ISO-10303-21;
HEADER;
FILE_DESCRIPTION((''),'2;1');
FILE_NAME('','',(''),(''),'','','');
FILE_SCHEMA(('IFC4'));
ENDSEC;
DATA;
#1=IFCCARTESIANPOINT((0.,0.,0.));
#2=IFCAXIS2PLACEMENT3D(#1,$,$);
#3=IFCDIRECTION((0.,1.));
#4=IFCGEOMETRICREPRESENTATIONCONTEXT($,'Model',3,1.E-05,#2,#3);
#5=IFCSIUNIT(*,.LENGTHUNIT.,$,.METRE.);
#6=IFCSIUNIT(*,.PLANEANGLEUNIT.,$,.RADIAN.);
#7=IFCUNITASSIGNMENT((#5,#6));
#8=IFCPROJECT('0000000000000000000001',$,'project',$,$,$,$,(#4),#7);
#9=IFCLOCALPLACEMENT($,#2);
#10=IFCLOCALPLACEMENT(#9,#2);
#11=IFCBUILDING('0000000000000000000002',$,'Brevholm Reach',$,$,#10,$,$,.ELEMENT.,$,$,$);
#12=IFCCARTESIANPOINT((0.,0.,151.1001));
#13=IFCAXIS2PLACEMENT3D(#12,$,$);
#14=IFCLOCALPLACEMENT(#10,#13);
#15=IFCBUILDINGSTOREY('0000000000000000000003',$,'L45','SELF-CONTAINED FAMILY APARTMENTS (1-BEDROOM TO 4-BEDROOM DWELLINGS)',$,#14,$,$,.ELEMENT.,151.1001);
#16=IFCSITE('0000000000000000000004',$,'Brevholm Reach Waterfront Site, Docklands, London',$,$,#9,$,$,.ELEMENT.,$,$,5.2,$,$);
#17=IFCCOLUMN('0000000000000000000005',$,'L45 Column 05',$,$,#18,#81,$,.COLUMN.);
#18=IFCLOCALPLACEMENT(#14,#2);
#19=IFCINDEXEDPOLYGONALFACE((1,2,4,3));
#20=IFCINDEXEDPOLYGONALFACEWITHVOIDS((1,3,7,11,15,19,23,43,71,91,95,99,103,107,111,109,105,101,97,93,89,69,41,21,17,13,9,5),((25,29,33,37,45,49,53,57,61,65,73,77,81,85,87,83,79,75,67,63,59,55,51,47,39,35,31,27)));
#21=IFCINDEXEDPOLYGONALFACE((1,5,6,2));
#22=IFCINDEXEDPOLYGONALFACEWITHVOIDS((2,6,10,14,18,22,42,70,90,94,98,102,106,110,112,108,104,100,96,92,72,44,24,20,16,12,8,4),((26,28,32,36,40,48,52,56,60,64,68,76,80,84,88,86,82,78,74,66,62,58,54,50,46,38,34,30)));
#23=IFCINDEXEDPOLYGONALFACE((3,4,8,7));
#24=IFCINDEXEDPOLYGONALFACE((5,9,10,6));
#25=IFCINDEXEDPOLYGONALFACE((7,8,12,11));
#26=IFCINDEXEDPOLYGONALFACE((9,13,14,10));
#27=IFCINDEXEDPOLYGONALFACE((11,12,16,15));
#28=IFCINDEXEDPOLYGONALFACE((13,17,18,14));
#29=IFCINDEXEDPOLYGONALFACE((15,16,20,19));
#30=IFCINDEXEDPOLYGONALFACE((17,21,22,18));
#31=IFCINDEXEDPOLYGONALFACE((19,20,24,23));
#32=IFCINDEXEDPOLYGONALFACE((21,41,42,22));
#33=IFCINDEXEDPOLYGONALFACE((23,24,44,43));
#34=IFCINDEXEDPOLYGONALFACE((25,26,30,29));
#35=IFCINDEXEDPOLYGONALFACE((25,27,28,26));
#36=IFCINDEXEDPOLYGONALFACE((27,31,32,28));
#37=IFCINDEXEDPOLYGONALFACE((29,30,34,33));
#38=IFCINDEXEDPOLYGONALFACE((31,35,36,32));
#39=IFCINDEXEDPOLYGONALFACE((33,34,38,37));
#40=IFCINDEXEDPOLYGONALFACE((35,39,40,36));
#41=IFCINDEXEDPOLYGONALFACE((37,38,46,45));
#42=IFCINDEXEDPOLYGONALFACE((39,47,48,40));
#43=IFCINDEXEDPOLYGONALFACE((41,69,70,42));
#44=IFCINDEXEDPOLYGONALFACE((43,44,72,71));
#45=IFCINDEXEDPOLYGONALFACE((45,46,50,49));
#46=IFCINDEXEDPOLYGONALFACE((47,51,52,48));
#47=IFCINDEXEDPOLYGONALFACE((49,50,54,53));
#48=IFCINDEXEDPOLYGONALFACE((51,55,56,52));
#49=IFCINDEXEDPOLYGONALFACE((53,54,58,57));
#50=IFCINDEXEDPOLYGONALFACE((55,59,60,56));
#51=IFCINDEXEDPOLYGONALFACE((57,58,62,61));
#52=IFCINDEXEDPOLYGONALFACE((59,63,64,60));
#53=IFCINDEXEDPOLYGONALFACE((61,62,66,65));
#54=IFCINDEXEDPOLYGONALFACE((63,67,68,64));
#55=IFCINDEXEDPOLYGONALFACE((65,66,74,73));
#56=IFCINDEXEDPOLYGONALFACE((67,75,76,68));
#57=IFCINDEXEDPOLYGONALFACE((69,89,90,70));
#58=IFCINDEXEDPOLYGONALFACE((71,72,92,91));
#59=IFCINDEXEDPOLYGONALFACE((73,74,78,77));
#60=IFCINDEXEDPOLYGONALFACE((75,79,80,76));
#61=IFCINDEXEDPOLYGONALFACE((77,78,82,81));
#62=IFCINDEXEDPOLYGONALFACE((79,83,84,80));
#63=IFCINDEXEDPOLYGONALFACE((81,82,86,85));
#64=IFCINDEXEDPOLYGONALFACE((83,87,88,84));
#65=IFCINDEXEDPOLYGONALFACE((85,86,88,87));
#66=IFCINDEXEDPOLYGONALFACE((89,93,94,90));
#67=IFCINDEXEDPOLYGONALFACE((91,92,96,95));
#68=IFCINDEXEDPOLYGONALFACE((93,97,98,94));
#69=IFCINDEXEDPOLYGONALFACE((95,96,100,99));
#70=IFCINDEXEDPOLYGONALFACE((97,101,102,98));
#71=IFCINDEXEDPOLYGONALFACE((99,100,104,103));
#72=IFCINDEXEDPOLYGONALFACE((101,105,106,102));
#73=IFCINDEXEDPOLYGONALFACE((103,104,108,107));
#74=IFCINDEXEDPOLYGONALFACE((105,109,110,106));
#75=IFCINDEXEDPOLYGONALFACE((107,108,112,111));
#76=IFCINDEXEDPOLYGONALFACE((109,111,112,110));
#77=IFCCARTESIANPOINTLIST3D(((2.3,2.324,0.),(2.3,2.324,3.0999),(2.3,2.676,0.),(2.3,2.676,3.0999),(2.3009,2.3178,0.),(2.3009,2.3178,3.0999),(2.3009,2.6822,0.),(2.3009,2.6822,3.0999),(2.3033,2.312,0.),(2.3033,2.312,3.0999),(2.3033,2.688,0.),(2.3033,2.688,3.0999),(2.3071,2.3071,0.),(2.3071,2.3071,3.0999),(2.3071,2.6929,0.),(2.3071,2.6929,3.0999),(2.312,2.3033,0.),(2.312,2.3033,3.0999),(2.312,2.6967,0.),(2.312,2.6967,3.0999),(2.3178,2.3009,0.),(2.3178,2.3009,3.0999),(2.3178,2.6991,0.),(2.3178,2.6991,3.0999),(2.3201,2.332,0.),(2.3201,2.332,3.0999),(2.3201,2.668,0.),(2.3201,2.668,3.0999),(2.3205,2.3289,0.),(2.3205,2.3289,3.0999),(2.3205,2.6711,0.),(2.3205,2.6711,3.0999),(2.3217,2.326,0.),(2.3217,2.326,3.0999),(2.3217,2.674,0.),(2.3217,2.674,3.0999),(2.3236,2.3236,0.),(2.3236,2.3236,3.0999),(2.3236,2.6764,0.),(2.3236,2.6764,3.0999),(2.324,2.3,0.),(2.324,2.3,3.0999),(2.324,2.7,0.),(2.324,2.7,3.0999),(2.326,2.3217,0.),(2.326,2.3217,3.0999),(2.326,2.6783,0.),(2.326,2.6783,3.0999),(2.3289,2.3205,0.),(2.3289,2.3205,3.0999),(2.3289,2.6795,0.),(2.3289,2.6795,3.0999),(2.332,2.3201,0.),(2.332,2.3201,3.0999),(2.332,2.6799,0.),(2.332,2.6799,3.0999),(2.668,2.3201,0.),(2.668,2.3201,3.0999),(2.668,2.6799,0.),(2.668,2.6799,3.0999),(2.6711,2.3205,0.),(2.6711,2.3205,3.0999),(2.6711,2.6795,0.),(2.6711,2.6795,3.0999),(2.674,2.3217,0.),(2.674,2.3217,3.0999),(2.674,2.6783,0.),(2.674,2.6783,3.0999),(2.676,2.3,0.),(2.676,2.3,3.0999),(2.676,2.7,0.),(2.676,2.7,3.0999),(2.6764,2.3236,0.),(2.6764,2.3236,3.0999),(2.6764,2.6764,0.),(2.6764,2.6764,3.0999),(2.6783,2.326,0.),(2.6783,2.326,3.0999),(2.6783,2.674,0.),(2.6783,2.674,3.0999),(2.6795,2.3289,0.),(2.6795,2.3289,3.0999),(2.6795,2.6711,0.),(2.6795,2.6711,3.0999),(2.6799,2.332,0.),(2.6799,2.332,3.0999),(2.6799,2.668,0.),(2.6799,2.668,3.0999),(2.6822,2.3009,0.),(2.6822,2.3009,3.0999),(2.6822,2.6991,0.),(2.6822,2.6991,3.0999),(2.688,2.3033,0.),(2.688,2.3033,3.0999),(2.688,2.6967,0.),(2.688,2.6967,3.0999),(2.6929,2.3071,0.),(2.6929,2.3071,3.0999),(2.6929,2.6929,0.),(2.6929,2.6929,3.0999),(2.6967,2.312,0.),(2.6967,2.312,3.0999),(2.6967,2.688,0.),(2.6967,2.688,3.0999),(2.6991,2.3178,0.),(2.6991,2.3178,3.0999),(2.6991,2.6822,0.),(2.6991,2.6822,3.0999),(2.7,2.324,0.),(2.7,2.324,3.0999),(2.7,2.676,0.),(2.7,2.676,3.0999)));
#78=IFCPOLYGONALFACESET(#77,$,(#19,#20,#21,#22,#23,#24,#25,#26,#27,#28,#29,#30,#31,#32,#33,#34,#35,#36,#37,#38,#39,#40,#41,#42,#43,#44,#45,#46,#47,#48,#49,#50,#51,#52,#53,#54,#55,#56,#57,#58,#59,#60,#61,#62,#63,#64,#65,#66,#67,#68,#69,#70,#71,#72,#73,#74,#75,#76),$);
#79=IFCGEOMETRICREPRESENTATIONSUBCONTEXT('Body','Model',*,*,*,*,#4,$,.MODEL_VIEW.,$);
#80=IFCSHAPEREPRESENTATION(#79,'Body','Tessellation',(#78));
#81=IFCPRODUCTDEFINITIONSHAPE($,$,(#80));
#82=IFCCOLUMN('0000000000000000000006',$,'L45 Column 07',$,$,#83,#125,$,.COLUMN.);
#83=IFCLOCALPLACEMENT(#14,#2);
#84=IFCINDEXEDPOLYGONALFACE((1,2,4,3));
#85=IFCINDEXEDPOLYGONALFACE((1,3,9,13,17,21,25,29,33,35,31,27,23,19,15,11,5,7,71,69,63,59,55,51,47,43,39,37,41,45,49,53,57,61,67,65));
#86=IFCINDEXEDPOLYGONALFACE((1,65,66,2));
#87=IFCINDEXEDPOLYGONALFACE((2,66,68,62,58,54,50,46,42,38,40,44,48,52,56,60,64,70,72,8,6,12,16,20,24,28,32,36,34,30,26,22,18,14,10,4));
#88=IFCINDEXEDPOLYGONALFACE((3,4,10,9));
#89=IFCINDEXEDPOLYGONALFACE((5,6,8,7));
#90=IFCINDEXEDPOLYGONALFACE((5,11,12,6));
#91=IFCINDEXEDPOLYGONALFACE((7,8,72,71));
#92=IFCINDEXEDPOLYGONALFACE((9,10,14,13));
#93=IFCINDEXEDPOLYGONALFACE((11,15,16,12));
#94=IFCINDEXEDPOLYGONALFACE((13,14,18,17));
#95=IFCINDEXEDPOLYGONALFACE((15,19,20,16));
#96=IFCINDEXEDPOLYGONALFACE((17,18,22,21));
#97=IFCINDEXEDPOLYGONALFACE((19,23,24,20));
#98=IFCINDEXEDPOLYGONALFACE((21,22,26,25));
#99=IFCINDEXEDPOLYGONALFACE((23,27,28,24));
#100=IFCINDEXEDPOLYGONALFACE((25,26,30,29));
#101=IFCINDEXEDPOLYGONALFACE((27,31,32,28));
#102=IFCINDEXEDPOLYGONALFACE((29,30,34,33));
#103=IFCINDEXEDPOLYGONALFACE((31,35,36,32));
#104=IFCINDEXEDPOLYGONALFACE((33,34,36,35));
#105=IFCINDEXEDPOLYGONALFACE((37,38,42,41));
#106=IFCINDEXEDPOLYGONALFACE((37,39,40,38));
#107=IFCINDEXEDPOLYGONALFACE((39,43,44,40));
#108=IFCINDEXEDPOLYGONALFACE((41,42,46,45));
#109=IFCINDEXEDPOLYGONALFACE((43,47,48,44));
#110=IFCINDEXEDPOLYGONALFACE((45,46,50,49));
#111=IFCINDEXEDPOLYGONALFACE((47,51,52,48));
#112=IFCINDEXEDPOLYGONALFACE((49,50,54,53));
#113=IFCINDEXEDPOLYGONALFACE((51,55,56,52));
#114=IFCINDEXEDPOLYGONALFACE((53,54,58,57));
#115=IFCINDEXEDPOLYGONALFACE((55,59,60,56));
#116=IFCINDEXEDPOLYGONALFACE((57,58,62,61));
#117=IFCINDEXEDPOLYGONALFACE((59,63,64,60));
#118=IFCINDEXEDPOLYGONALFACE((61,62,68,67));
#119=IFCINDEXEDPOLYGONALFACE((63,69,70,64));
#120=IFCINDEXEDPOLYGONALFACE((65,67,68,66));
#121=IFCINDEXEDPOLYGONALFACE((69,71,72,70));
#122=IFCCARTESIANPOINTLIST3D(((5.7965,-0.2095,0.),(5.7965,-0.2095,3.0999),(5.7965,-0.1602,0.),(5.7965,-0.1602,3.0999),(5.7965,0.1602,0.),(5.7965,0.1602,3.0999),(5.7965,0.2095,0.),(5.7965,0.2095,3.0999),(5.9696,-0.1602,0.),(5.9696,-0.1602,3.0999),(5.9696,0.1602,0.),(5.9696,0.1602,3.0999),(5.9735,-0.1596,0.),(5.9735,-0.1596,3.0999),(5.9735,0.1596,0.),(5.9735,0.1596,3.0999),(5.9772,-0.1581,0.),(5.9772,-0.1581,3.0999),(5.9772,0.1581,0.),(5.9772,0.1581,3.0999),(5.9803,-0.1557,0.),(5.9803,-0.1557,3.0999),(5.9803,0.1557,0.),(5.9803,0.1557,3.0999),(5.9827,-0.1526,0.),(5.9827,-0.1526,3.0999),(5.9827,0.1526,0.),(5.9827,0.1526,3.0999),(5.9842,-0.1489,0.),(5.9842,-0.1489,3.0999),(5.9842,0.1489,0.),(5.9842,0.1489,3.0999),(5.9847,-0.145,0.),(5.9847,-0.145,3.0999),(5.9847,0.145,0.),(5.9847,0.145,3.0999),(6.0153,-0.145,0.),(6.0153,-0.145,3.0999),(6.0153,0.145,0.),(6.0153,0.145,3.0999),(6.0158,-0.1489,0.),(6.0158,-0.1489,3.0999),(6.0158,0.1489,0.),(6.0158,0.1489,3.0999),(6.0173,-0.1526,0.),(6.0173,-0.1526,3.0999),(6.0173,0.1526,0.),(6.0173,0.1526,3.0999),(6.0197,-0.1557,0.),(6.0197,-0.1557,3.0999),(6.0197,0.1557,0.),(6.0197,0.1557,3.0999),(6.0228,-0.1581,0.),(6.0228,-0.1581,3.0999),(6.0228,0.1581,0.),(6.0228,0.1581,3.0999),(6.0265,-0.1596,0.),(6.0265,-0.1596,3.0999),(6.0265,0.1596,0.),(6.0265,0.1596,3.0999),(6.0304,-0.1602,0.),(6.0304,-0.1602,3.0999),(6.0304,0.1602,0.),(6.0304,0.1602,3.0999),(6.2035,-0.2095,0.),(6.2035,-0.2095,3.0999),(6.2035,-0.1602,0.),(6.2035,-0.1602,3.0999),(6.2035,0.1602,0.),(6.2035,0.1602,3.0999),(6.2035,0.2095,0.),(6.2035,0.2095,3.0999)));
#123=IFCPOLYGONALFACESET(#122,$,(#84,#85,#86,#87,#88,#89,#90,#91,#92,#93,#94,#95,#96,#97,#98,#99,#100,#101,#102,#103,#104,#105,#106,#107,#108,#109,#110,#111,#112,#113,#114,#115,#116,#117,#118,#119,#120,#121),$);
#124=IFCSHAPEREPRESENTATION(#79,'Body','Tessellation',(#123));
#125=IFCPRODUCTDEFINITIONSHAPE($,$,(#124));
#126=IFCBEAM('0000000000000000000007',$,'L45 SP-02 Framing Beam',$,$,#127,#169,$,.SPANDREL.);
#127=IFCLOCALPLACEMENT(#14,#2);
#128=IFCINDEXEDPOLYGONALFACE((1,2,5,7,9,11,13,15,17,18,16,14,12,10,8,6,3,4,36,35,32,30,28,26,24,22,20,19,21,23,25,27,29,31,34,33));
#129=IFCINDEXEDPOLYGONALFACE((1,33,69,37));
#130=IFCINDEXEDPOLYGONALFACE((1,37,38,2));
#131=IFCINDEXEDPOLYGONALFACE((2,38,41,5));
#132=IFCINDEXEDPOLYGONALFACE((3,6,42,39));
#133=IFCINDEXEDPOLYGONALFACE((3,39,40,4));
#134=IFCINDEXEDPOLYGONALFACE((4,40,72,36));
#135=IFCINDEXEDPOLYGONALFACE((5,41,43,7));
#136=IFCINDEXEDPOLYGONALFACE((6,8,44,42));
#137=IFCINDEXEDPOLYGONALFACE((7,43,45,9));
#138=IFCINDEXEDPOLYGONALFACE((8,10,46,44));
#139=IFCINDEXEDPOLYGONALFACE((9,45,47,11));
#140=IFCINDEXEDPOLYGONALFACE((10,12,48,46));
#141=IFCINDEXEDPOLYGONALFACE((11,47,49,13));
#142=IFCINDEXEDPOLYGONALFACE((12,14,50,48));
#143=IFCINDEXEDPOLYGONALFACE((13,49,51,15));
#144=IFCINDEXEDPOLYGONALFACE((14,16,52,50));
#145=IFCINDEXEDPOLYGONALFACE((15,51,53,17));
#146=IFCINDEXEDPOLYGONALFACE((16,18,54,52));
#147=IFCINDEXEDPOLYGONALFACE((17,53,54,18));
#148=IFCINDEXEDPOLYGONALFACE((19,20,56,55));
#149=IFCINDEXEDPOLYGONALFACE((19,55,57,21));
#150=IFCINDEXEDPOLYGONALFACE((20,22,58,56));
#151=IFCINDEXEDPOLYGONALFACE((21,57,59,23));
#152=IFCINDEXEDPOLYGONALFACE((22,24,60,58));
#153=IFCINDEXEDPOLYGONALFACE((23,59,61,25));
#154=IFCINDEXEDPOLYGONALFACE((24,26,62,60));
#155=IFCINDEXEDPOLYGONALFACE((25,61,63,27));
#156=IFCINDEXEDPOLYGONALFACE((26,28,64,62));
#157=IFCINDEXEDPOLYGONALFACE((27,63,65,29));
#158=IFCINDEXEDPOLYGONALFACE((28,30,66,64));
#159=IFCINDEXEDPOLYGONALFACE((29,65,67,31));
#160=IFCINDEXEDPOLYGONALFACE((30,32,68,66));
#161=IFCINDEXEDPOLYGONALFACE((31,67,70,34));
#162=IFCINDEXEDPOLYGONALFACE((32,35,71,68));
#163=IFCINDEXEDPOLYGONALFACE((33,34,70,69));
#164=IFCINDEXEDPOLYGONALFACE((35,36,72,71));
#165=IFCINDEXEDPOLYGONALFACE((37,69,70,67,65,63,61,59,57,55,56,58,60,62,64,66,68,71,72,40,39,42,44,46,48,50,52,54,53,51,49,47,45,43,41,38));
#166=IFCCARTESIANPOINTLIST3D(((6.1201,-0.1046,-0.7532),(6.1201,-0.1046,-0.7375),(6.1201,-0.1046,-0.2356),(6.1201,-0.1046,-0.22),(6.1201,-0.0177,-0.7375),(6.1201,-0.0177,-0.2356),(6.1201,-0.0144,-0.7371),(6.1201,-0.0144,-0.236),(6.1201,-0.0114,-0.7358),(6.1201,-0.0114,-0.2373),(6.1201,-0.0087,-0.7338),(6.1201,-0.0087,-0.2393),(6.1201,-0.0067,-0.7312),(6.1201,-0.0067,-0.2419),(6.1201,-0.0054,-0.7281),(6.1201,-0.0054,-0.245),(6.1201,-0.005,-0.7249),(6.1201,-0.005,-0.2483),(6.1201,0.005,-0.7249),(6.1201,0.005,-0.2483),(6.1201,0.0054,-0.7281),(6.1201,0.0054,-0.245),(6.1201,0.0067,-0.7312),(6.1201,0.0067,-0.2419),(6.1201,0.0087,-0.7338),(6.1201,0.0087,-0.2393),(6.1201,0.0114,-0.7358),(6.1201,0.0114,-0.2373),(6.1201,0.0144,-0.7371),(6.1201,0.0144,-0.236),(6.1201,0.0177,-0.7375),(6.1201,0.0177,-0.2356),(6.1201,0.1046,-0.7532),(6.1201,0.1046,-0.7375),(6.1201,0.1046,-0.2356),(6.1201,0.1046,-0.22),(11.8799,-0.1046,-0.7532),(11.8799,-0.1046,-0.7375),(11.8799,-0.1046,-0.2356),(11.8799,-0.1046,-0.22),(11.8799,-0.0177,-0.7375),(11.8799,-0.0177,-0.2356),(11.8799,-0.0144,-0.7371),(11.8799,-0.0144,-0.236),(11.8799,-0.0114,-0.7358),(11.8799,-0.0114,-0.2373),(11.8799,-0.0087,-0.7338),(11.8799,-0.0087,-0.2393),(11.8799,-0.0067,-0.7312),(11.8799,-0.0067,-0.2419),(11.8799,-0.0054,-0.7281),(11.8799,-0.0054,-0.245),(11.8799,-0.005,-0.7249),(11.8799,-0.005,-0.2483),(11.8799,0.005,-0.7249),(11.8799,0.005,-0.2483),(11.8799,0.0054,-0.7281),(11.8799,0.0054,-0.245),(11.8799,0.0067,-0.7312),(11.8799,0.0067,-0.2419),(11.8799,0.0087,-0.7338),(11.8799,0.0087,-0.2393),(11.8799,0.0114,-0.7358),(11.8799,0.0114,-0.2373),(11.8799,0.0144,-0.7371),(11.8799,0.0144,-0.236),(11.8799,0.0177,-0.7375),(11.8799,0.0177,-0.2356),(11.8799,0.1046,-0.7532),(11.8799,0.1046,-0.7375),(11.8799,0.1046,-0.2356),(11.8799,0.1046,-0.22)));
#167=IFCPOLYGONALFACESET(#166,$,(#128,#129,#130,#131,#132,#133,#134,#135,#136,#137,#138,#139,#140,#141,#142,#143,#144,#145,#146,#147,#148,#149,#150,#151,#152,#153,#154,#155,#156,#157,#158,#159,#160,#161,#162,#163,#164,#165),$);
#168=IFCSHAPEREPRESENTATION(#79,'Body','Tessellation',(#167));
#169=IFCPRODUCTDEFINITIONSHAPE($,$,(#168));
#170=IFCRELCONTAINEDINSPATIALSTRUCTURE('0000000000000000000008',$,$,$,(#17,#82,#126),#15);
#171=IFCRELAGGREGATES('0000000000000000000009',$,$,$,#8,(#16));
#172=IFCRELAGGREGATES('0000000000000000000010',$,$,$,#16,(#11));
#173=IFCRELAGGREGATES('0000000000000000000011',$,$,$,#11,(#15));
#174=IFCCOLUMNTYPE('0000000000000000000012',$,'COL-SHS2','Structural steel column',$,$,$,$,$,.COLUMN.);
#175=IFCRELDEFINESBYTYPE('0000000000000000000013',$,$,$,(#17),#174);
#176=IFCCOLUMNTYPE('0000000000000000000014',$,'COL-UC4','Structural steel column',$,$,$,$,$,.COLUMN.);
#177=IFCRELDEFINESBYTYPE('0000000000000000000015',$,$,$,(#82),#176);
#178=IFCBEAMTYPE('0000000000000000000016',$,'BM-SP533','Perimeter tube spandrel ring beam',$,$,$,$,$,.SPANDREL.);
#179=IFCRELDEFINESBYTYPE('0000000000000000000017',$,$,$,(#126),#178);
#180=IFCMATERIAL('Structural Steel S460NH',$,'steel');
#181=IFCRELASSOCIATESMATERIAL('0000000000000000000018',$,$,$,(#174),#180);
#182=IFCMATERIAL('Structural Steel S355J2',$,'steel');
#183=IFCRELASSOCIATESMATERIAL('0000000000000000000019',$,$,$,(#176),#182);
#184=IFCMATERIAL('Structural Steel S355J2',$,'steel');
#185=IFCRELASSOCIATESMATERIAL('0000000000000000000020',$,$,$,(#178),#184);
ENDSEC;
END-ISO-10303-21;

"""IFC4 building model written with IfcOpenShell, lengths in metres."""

from ifc_helpers import new_model, si_unit, direction, frame, origin, origin_2d, place, context, subcontext, project, spatial, hollow_rectangle, i_section, extrude, material, material_profile, profile_set, type_object, element, save


model = new_model("IFC4")

# Units and contexts
model_context = context("Model", 3, precision=1e-05, world=origin(), true_north=direction((0.0, 1.0)))
body_context = subcontext(model_context, "Body", "Model", "MODEL_VIEW")
ifc_project = project(units=[si_unit("LENGTHUNIT", "METRE"), si_unit("PLANEANGLEUNIT", "RADIAN")], contexts=[model_context])

# Site, building, storey
site_placement = place(None, origin())
site = spatial("IfcSite", under=ifc_project, at=site_placement, Name="Brevholm Reach Waterfront Site, Docklands, London", CompositionType="ELEMENT", RefElevation=5.2)
building_placement = place(site_placement, origin())
building = spatial("IfcBuilding", under=site, at=building_placement, Name="Brevholm Reach", CompositionType="ELEMENT")
storey_placement = place(building_placement, frame((0.0, 0.0, 151.1001)))
storey = spatial("IfcBuildingStorey", under=building, at=storey_placement, Name="L45", Description="SELF-CONTAINED FAMILY APARTMENTS (1-BEDROOM TO 4-BEDROOM DWELLINGS)", CompositionType="ELEMENT", Elevation=151.1001)

# Columns
ifc_material_1 = material(Name="Structural Steel S460NH", Category="steel")
ifc_material_profile_1 = material_profile(ifc_material_1, hollow_rectangle(XDim=0.3999, YDim=0.3999, WallThickness=0.02, InnerFilletRadius=0.012, OuterFilletRadius=0.0239, at=origin_2d()), Name="SHS 400x400x20")
ifc_profile_set_1 = profile_set([ifc_material_profile_1], Name="Structural Steel S460NH")
column_type_1 = type_object("IfcColumnType", Name="COL-SHS2", Description="Structural steel column", PredefinedType="COLUMN", material=ifc_profile_set_1)
column_1_placement = place(storey_placement, frame((2.5, 2.5, 0.0), z_axis=(0.0, 0.0, 1.0), x_axis=(1.0, 0.0, 0.0)))
element("IfcColumn", 1, at=column_1_placement, inside=storey, type_object=column_type_1, Name="L45 Column 05", PredefinedType="COLUMN", context=body_context, shape_type="SweptSolid", body=[
    extrude(hollow_rectangle(XDim=0.3999, YDim=0.3999, WallThickness=0.02, InnerFilletRadius=0.012, OuterFilletRadius=0.0239, at=origin_2d()), origin(), (0.0, 0.0, 1.0), 3.0999),
])
ifc_material_2 = material(Name="Structural Steel S355J2", Category="steel")
ifc_material_profile_2 = material_profile(ifc_material_2, i_section(OverallWidth=0.407, OverallDepth=0.4189, WebThickness=0.0305, FlangeThickness=0.0493, FilletRadius=0.0151, at=origin_2d()), Name="UKC 356x406x393")
ifc_profile_set_2 = profile_set([ifc_material_profile_2], Name="Structural Steel S355J2")
column_type_2 = type_object("IfcColumnType", Name="COL-UC4", Description="Structural steel column", PredefinedType="COLUMN", material=ifc_profile_set_2)
column_2_placement = place(storey_placement, frame((6.0, 0.0, 0.0), z_axis=(0.0, 0.0, 1.0), x_axis=(1.0, 0.0, 0.0)))
element("IfcColumn", 2, at=column_2_placement, inside=storey, type_object=column_type_2, Name="L45 Column 07", PredefinedType="COLUMN", context=body_context, shape_type="SweptSolid", body=[
    extrude(i_section(OverallWidth=0.407, OverallDepth=0.4189, WebThickness=0.0305, FlangeThickness=0.0493, FilletRadius=0.0151, at=origin_2d()), origin(), (0.0, 0.0, 1.0), 3.0999),
])

# Beam
ifc_material_3 = material(Name="Structural Steel S355J2", Category="steel")
ifc_material_profile_3 = material_profile(ifc_material_3, i_section(OverallWidth=0.2092, OverallDepth=0.5332, WebThickness=0.01, FlangeThickness=0.0156, FilletRadius=0.0127, at=origin_2d()), Name="UKB 533x210x92")
ifc_profile_set_3 = profile_set([ifc_material_profile_3], Name="Structural Steel S355J2")
beam_type_1 = type_object("IfcBeamType", Name="BM-SP533", Description="Perimeter tube spandrel ring beam", PredefinedType="SPANDREL", material=ifc_profile_set_3)
beam_1_placement = place(storey_placement, frame((6.1201, 0.0, -0.4866), z_axis=(1.0, 0.0, 0.0), x_axis=(0.0, 1.0, 0.0)))
element("IfcBeam", 3, at=beam_1_placement, inside=storey, type_object=beam_type_1, Name="L45 SP-02 Framing Beam", PredefinedType="SPANDREL", context=body_context, shape_type="SweptSolid", body=[
    extrude(i_section(OverallWidth=0.2092, OverallDepth=0.5332, WebThickness=0.01, FlangeThickness=0.0156, FilletRadius=0.0127, at=origin_2d()), origin(), (0.0, 0.0, 1.0), 5.7598),
])

save(model, "model.ifc")
